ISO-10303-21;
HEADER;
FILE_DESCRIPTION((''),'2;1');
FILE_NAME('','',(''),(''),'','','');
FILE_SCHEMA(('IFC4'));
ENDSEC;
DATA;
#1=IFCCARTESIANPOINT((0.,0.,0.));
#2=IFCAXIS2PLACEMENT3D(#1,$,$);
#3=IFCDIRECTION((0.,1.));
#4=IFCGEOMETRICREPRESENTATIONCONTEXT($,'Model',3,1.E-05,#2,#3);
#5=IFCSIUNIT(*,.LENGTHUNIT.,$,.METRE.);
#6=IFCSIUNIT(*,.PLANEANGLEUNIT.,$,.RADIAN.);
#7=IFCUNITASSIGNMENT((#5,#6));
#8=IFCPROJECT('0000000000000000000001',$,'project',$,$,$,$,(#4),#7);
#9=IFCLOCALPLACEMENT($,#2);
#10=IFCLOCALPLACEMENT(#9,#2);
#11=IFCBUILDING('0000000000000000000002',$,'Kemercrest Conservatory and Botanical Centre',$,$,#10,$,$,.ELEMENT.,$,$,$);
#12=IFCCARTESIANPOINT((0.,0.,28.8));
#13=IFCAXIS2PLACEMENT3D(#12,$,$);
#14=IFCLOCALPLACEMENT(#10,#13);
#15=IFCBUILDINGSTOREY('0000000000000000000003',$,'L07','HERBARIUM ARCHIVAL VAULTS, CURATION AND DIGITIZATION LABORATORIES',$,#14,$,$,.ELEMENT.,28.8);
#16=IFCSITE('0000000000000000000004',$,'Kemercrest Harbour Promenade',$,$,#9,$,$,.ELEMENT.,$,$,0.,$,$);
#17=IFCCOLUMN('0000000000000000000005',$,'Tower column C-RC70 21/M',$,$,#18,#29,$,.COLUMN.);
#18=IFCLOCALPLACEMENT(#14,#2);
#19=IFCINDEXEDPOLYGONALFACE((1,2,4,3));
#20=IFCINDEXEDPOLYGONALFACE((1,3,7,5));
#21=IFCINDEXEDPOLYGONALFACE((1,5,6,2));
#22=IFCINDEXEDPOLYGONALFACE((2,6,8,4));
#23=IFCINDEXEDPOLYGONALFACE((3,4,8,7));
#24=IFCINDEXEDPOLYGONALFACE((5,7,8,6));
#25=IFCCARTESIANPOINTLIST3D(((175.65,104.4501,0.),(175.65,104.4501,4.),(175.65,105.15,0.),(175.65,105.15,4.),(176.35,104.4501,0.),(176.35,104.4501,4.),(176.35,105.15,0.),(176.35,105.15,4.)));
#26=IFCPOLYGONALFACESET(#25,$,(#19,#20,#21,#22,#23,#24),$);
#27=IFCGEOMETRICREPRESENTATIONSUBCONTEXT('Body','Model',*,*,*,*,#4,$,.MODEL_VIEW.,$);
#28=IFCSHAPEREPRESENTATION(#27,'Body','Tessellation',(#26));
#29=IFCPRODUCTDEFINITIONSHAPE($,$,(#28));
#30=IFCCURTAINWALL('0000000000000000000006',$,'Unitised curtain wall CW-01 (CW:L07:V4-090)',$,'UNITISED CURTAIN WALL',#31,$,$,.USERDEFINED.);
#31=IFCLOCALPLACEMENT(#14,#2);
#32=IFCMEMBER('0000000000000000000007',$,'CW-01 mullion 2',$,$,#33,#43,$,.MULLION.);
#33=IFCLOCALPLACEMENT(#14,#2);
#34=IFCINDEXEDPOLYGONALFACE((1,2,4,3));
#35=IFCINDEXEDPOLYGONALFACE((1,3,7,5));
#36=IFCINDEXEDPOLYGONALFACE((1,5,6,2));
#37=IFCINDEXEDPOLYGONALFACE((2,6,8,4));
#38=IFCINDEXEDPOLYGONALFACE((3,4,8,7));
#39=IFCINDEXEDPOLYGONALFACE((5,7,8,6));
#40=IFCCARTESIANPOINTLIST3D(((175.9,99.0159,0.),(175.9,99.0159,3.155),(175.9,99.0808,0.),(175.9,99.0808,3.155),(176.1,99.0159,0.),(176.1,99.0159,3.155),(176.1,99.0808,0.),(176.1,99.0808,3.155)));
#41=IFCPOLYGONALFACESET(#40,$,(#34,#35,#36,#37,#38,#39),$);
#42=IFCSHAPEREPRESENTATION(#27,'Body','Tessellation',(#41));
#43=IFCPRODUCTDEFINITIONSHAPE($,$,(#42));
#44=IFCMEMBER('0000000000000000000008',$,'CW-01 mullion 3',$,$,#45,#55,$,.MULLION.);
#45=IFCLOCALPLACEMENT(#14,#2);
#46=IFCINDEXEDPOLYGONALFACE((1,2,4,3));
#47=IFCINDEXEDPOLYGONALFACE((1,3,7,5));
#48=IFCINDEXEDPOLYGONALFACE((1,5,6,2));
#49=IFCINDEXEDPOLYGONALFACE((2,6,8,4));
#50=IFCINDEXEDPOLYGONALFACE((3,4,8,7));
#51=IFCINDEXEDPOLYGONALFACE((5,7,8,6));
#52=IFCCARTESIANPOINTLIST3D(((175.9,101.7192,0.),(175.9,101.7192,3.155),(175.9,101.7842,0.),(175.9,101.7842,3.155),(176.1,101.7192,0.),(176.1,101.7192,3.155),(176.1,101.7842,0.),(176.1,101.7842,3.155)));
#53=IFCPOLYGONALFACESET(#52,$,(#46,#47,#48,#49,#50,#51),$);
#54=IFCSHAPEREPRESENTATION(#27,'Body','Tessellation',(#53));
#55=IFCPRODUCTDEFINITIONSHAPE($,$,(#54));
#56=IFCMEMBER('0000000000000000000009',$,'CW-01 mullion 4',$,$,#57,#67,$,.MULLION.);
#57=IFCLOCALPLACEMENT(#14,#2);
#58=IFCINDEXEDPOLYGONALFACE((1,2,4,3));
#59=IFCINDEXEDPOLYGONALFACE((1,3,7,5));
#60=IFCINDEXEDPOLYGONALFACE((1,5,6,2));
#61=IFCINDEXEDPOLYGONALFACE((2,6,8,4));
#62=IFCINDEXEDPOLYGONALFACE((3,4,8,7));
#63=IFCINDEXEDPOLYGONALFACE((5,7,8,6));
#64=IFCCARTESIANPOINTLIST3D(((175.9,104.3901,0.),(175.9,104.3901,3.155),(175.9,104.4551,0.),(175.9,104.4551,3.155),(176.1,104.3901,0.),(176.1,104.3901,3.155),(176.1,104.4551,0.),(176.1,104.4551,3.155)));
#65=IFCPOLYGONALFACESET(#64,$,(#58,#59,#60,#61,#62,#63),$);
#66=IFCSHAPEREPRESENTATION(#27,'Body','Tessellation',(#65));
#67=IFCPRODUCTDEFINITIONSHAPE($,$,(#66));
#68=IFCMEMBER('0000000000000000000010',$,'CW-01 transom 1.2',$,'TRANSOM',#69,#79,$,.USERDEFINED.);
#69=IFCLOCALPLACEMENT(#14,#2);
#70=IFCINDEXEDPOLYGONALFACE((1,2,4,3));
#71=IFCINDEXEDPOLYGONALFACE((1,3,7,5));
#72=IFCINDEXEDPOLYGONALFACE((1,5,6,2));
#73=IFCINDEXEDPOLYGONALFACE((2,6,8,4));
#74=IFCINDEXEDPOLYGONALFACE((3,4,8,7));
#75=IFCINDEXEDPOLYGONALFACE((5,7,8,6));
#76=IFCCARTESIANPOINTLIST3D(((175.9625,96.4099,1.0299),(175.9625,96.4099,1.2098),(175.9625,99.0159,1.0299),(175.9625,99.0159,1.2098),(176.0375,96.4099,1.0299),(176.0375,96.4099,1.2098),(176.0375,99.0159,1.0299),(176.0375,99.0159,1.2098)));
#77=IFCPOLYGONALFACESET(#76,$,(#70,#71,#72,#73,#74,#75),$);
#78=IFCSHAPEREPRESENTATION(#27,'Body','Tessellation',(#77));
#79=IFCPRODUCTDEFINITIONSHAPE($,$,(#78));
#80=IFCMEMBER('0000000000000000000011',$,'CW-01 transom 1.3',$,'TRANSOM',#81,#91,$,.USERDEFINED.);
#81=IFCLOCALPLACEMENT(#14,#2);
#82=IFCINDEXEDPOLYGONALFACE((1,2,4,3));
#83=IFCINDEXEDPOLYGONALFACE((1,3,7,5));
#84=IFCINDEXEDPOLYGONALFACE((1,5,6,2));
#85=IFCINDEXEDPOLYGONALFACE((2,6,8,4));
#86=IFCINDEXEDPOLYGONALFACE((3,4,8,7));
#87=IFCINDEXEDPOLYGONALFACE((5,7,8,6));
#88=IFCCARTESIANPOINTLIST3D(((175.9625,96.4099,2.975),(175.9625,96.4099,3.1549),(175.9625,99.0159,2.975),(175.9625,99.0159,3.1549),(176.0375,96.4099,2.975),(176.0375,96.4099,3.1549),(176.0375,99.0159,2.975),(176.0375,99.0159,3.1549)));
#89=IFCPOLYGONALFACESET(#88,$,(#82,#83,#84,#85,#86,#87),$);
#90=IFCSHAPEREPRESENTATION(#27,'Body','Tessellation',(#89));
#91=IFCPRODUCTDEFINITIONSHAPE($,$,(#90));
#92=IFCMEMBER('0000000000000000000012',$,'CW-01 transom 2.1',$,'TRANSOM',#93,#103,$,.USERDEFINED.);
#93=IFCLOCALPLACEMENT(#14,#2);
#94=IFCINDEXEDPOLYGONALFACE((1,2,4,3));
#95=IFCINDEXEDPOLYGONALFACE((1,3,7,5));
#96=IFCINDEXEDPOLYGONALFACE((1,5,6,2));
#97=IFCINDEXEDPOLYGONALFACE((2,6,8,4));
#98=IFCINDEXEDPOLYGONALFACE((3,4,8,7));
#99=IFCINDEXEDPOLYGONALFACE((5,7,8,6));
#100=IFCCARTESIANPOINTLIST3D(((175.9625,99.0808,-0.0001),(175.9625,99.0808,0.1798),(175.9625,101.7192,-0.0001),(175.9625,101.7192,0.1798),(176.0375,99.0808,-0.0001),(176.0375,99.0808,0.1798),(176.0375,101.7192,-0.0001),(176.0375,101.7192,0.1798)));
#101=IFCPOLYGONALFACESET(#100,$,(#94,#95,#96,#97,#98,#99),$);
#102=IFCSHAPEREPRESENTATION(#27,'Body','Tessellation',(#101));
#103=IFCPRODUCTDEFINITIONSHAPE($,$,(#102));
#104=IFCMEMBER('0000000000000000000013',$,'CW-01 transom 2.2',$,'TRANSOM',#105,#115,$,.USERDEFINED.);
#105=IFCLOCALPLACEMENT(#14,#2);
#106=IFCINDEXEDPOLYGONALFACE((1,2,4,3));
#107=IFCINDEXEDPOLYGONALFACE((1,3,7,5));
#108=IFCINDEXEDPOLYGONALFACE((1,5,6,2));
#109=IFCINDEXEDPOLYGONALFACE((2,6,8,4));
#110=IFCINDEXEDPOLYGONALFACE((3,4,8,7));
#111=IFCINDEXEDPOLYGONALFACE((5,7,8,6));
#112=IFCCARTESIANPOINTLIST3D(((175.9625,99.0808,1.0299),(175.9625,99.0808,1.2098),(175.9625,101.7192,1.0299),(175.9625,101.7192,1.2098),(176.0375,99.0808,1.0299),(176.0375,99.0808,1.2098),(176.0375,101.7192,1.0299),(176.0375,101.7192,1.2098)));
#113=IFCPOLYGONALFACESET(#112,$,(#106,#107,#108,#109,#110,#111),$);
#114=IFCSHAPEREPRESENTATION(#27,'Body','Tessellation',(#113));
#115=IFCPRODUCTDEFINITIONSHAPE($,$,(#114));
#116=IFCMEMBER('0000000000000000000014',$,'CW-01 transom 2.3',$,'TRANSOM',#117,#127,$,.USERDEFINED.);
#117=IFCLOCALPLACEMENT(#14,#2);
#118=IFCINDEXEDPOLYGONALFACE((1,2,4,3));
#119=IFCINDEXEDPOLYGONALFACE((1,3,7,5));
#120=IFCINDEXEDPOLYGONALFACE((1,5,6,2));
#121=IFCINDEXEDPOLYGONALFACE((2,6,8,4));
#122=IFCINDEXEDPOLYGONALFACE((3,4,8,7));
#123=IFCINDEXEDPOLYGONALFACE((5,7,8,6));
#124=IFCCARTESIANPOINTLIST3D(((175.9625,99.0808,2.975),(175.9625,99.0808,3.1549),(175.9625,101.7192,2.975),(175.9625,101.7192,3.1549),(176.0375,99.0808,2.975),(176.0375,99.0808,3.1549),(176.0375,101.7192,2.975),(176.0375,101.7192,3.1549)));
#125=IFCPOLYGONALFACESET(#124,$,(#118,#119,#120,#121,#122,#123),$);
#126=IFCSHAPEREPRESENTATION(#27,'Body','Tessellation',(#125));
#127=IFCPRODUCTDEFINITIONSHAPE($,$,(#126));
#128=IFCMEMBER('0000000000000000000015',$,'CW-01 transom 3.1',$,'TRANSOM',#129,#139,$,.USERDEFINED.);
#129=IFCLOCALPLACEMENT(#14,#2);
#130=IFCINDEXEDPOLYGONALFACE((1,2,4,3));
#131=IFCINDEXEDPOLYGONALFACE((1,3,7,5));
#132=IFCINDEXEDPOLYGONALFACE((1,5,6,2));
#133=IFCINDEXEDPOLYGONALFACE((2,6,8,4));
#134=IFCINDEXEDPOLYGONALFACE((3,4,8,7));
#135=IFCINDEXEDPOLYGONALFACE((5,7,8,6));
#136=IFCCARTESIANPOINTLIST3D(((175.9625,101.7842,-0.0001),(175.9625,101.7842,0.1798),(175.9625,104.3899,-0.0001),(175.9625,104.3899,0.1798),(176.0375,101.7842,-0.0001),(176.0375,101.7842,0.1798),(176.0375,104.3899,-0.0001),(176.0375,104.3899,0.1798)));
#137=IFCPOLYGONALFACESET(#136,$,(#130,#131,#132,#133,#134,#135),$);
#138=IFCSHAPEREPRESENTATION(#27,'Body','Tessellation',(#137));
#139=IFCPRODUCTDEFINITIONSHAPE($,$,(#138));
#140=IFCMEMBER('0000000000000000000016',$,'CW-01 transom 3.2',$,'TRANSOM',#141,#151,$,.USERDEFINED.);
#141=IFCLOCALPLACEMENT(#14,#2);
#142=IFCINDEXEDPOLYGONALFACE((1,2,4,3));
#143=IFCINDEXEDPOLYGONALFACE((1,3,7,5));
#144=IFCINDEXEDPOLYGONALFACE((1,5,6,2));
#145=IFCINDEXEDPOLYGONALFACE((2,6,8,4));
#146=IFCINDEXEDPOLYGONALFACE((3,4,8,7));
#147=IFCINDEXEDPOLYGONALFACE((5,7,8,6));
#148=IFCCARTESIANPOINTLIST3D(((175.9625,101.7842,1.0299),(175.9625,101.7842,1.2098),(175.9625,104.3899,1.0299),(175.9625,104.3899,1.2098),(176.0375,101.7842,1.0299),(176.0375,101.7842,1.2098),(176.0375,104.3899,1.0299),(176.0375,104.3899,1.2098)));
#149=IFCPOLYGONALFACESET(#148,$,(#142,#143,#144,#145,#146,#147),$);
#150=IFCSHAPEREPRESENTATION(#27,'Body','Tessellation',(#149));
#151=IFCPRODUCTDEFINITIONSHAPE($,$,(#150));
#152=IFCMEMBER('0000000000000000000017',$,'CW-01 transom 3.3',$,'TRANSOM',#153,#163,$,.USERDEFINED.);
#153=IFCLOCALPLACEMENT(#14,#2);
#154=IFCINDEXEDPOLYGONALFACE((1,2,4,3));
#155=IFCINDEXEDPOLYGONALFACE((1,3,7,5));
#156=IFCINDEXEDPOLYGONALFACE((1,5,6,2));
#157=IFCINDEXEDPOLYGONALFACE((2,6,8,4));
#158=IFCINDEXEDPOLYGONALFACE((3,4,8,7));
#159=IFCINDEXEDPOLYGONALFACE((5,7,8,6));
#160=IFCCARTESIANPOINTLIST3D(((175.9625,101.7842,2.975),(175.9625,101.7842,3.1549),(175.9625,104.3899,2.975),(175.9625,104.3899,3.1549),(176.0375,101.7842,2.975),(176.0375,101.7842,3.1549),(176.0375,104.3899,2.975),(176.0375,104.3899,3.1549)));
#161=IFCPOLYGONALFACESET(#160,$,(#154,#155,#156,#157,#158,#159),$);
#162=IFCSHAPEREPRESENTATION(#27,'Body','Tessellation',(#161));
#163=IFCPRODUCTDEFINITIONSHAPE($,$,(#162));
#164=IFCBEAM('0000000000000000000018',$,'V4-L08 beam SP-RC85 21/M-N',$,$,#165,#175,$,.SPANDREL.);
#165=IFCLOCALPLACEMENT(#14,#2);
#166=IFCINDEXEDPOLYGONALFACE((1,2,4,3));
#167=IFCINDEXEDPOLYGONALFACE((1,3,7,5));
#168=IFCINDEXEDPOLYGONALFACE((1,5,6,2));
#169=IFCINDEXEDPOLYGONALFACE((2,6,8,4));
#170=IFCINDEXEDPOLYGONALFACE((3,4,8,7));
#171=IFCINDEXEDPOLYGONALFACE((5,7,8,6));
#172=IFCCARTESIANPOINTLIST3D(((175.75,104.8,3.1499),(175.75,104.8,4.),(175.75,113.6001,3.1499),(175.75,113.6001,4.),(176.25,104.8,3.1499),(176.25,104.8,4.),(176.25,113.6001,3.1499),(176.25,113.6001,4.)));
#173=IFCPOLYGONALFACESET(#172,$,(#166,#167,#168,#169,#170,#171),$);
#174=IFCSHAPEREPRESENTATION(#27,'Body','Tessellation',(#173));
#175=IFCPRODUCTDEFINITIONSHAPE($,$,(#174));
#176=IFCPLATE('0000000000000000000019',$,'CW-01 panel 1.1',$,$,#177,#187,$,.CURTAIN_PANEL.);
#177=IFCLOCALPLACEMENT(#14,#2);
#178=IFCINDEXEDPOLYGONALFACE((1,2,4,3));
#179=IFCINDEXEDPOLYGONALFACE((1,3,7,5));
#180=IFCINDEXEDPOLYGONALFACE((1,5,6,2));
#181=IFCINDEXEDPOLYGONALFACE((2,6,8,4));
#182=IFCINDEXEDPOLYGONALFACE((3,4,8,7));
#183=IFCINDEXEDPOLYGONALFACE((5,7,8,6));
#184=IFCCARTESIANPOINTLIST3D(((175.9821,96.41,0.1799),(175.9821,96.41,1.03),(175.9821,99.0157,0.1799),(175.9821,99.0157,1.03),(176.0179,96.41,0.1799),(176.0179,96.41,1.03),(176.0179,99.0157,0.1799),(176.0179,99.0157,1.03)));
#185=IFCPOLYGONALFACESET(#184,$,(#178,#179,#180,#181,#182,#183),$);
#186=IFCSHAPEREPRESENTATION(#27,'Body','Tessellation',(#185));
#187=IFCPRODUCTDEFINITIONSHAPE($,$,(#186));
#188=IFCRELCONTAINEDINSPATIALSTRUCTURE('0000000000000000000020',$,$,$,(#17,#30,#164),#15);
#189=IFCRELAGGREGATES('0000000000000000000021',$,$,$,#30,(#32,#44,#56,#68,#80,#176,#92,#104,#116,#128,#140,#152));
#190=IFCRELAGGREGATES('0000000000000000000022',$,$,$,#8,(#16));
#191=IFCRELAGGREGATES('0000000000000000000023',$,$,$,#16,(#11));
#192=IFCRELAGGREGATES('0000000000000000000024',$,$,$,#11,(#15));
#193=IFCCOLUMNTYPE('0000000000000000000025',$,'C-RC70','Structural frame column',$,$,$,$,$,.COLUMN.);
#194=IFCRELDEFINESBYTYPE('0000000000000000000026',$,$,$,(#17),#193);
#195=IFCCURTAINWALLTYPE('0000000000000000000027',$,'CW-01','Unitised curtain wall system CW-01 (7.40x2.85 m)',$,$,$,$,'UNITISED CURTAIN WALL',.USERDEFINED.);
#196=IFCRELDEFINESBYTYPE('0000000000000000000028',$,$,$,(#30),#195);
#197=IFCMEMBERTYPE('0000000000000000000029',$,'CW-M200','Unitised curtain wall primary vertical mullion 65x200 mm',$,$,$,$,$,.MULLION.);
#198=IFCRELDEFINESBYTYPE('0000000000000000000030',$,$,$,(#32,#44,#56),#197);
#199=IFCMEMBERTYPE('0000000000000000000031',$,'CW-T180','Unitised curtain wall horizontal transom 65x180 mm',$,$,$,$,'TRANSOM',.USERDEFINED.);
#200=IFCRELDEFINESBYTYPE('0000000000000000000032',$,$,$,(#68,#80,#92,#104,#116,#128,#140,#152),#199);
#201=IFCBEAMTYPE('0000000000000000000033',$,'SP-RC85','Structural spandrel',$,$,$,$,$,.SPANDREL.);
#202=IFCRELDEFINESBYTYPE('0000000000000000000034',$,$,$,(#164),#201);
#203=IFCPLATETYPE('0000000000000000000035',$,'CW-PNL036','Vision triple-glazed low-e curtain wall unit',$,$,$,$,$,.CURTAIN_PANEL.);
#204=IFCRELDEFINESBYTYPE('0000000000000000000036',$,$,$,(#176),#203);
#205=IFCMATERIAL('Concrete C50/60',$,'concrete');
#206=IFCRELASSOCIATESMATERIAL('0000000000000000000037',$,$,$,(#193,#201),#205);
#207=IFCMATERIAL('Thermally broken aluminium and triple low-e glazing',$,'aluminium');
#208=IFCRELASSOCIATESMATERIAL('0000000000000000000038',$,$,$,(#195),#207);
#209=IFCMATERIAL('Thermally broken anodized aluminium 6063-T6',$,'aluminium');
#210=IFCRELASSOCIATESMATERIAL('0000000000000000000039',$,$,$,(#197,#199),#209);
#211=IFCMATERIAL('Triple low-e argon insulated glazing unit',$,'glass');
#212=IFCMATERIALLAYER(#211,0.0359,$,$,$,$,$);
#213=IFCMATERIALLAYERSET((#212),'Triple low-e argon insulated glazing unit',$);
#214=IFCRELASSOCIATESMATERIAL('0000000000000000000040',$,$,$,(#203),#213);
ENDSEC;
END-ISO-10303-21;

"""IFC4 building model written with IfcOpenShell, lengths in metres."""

from ifc_helpers import new_model, si_unit, direction, frame, origin, origin_2d, place, context, subcontext, project, spatial, rectangle, extrude, material, layer, layer_set, material_profile, profile_set, type_object, element, aggregate, save


model = new_model("IFC4")

# Units and contexts
model_context = context("Model", 3, precision=1e-05, world=origin(), true_north=direction((0.0, 1.0)))
body_context = subcontext(model_context, "Body", "Model", "MODEL_VIEW")
ifc_project = project(units=[si_unit("LENGTHUNIT", "METRE"), si_unit("PLANEANGLEUNIT", "RADIAN")], contexts=[model_context])

# Site, building, storey
site_placement = place(None, origin())
site = spatial("IfcSite", under=ifc_project, at=site_placement, Name="Kemercrest Harbour Promenade", CompositionType="ELEMENT", RefElevation=0.0)
building_placement = place(site_placement, origin())
building = spatial("IfcBuilding", under=site, at=building_placement, Name="Kemercrest Conservatory and Botanical Centre", CompositionType="ELEMENT")
storey_placement = place(building_placement, frame((0.0, 0.0, 28.8)))
storey = spatial("IfcBuildingStorey", under=building, at=storey_placement, Name="L07", Description="HERBARIUM ARCHIVAL VAULTS, CURATION AND DIGITIZATION LABORATORIES", CompositionType="ELEMENT", Elevation=28.8)

# Column
ifc_material_1 = material(Name="Concrete C50/60", Category="concrete")
ifc_material_profile_1 = material_profile(ifc_material_1, rectangle(XDim=0.7, YDim=0.7, at=origin_2d()), Name="RC 700x700")
ifc_profile_set_1 = profile_set([ifc_material_profile_1], Name="Concrete C50/60")
column_type = type_object("IfcColumnType", Name="C-RC70", Description="Structural frame column", PredefinedType="COLUMN", material=ifc_profile_set_1)
column_placement = place(storey_placement, frame((176.0, 104.8, 0.0), z_axis=(0.0, 0.0, 1.0), x_axis=(1.0, 0.0, 0.0)))
element("IfcColumn", 1, at=column_placement, inside=storey, type_object=column_type, Name="Tower column C-RC70 21/M", PredefinedType="COLUMN", context=body_context, shape_type="SweptSolid", body=[
    extrude(rectangle(XDim=0.7, YDim=0.7, at=origin_2d()), origin(), (0.0, 0.0, 1.0), 4.0),
])

# Curtain wall, members
ifc_material_2 = material(Name="Thermally broken aluminium and triple low-e glazing", Category="aluminium")
curtain_wall_type = type_object("IfcCurtainWallType", Name="CW-01", Description="Unitised curtain wall system CW-01 (7.40x2.85 m)", ElementType="UNITISED CURTAIN WALL", PredefinedType="USERDEFINED", material=ifc_material_2)
curtain_wall_placement = place(storey_placement, origin())
curtain_wall = element("IfcCurtainWall", 2, at=curtain_wall_placement, inside=storey, type_object=curtain_wall_type, Name="Unitised curtain wall CW-01 (CW:L07:V4-090)", ObjectType="UNITISED CURTAIN WALL", PredefinedType="USERDEFINED")
ifc_material_3 = material(Name="Thermally broken anodized aluminium 6063-T6", Category="aluminium")
ifc_material_profile_2 = material_profile(ifc_material_3, rectangle(XDim=0.2, YDim=0.0649, at=origin_2d()), Name="AL MULLION 65x200")
ifc_profile_set_2 = profile_set([ifc_material_profile_2], Name="Thermally broken anodized aluminium 6063-T6")
member_type_1 = type_object("IfcMemberType", Name="CW-M200", Description="Unitised curtain wall primary vertical mullion 65x200 mm", PredefinedType="MULLION", material=ifc_profile_set_2)
member_1_placement = place(storey_placement, frame((176.0, 99.0483, 0.0), z_axis=(0.0, 0.0, 1.0), x_axis=(-1.0, 0.0, 0.0)))
member_1 = element("IfcMember", 3, at=member_1_placement, type_object=member_type_1, Name="CW-01 mullion 2", PredefinedType="MULLION", context=body_context, shape_type="SweptSolid", body=[
    extrude(rectangle(XDim=0.2, YDim=0.0649, at=origin_2d()), origin(), (0.0, 0.0, 1.0), 3.155),
])
member_2_placement = place(storey_placement, frame((176.0, 101.7517, 0.0), z_axis=(0.0, 0.0, 1.0), x_axis=(-1.0, 0.0, 0.0)))
member_2 = element("IfcMember", 4, at=member_2_placement, type_object=member_type_1, Name="CW-01 mullion 3", PredefinedType="MULLION", context=body_context, shape_type="SweptSolid", body=[
    extrude(rectangle(XDim=0.2, YDim=0.0649, at=origin_2d()), origin(), (0.0, 0.0, 1.0), 3.155),
])
member_3_placement = place(storey_placement, frame((176.0, 104.4226, 0.0), z_axis=(0.0, 0.0, 1.0), x_axis=(-1.0, 0.0, 0.0)))
member_3 = element("IfcMember", 5, at=member_3_placement, type_object=member_type_1, Name="CW-01 mullion 4", PredefinedType="MULLION", context=body_context, shape_type="SweptSolid", body=[
    extrude(rectangle(XDim=0.2, YDim=0.0649, at=origin_2d()), origin(), (0.0, 0.0, 1.0), 3.155),
])
ifc_material_profile_3 = material_profile(ifc_material_3, rectangle(XDim=0.075, YDim=0.1799, at=origin_2d()), Name="AL TRANSOM 75x180")
ifc_profile_set_3 = profile_set([ifc_material_profile_3], Name="Thermally broken anodized aluminium 6063-T6")
member_type_2 = type_object("IfcMemberType", Name="CW-T180", Description="Unitised curtain wall horizontal transom 65x180 mm", ElementType="TRANSOM", PredefinedType="USERDEFINED", material=ifc_profile_set_3)
member_4_placement = place(storey_placement, frame((176.0, 96.4099, 1.1199), z_axis=(0.0, 1.0, 0.0), x_axis=(-1.0, 0.0, 0.0)))
member_4 = element("IfcMember", 6, at=member_4_placement, type_object=member_type_2, Name="CW-01 transom 1.2", ObjectType="TRANSOM", PredefinedType="USERDEFINED", context=body_context, shape_type="SweptSolid", body=[
    extrude(rectangle(XDim=0.075, YDim=0.1799, at=origin_2d()), origin(), (0.0, 0.0, 1.0), 2.606),
])
member_5_placement = place(storey_placement, frame((176.0, 96.4099, 3.0649), z_axis=(0.0, 1.0, 0.0), x_axis=(-1.0, 0.0, 0.0)))
member_5 = element("IfcMember", 7, at=member_5_placement, type_object=member_type_2, Name="CW-01 transom 1.3", ObjectType="TRANSOM", PredefinedType="USERDEFINED", context=body_context, shape_type="SweptSolid", body=[
    extrude(rectangle(XDim=0.075, YDim=0.1799, at=origin_2d()), origin(), (0.0, 0.0, 1.0), 2.606),
])
member_6_placement = place(storey_placement, frame((176.0, 99.0808, 0.0898), z_axis=(0.0, 1.0, 0.0), x_axis=(-1.0, 0.0, 0.0)))
member_6 = element("IfcMember", 8, at=member_6_placement, type_object=member_type_2, Name="CW-01 transom 2.1", ObjectType="TRANSOM", PredefinedType="USERDEFINED", context=body_context, shape_type="SweptSolid", body=[
    extrude(rectangle(XDim=0.075, YDim=0.1799, at=origin_2d()), origin(), (0.0, 0.0, 1.0), 2.6384),
])
member_7_placement = place(storey_placement, frame((176.0, 99.0808, 1.1199), z_axis=(0.0, 1.0, 0.0), x_axis=(-1.0, 0.0, 0.0)))
member_7 = element("IfcMember", 9, at=member_7_placement, type_object=member_type_2, Name="CW-01 transom 2.2", ObjectType="TRANSOM", PredefinedType="USERDEFINED", context=body_context, shape_type="SweptSolid", body=[
    extrude(rectangle(XDim=0.075, YDim=0.1799, at=origin_2d()), origin(), (0.0, 0.0, 1.0), 2.6384),
])
member_8_placement = place(storey_placement, frame((176.0, 99.0808, 3.0649), z_axis=(0.0, 1.0, 0.0), x_axis=(-1.0, 0.0, 0.0)))
member_8 = element("IfcMember", 10, at=member_8_placement, type_object=member_type_2, Name="CW-01 transom 2.3", ObjectType="TRANSOM", PredefinedType="USERDEFINED", context=body_context, shape_type="SweptSolid", body=[
    extrude(rectangle(XDim=0.075, YDim=0.1799, at=origin_2d()), origin(), (0.0, 0.0, 1.0), 2.6384),
])
member_9_placement = place(storey_placement, frame((176.0, 101.7842, 0.0898), z_axis=(0.0, 1.0, 0.0), x_axis=(-1.0, 0.0, 0.0)))
member_9 = element("IfcMember", 11, at=member_9_placement, type_object=member_type_2, Name="CW-01 transom 3.1", ObjectType="TRANSOM", PredefinedType="USERDEFINED", context=body_context, shape_type="SweptSolid", body=[
    extrude(rectangle(XDim=0.075, YDim=0.1799, at=origin_2d()), origin(), (0.0, 0.0, 1.0), 2.6057),
])
member_10_placement = place(storey_placement, frame((176.0, 101.7842, 1.1199), z_axis=(0.0, 1.0, 0.0), x_axis=(-1.0, 0.0, 0.0)))
member_10 = element("IfcMember", 12, at=member_10_placement, type_object=member_type_2, Name="CW-01 transom 3.2", ObjectType="TRANSOM", PredefinedType="USERDEFINED", context=body_context, shape_type="SweptSolid", body=[
    extrude(rectangle(XDim=0.075, YDim=0.1799, at=origin_2d()), origin(), (0.0, 0.0, 1.0), 2.6057),
])
member_11_placement = place(storey_placement, frame((176.0, 101.7842, 3.0649), z_axis=(0.0, 1.0, 0.0), x_axis=(-1.0, 0.0, 0.0)))
member_11 = element("IfcMember", 13, at=member_11_placement, type_object=member_type_2, Name="CW-01 transom 3.3", ObjectType="TRANSOM", PredefinedType="USERDEFINED", context=body_context, shape_type="SweptSolid", body=[
    extrude(rectangle(XDim=0.075, YDim=0.1799, at=origin_2d()), origin(), (0.0, 0.0, 1.0), 2.6057),
])

# Beam
ifc_material_profile_4 = material_profile(ifc_material_1, rectangle(XDim=0.5, YDim=0.8501, at=origin_2d()), Name="RC 500x850")
ifc_profile_set_4 = profile_set([ifc_material_profile_4], Name="Concrete C50/60")
beam_type = type_object("IfcBeamType", Name="SP-RC85", Description="Structural spandrel", PredefinedType="SPANDREL", material=ifc_profile_set_4)
beam_placement = place(storey_placement, frame((176.0, 104.8, 3.575), z_axis=(0.0, 1.0, 0.0), x_axis=(-1.0, 0.0, 0.0)))
element("IfcBeam", 14, at=beam_placement, inside=storey, type_object=beam_type, Name="V4-L08 beam SP-RC85 21/M-N", PredefinedType="SPANDREL", context=body_context, shape_type="SweptSolid", body=[
    extrude(rectangle(XDim=0.5, YDim=0.8501, at=origin_2d()), origin(), (0.0, 0.0, 1.0), 8.8),
])

# Plate
ifc_material_4 = material(Name="Triple low-e argon insulated glazing unit", Category="glass")
ifc_layer_1 = layer(ifc_material_4, 0.0359)
ifc_layer_set_1 = layer_set([ifc_layer_1], Name="Triple low-e argon insulated glazing unit")
plate_type = type_object("IfcPlateType", Name="CW-PNL036", Description="Vision triple-glazed low-e curtain wall unit", PredefinedType="CURTAIN_PANEL", material=ifc_layer_set_1)
plate_1_placement = place(storey_placement, frame((176.0, 97.7129, 0.1799), z_axis=(0.0, 0.0, 1.0), x_axis=(0.0, 1.0, 0.0)))
plate_1 = element("IfcPlate", 15, at=plate_1_placement, type_object=plate_type, Name="CW-01 panel 1.1", PredefinedType="CURTAIN_PANEL", context=body_context, shape_type="SweptSolid", body=[
    extrude(rectangle(XDim=2.6057, YDim=0.0359, at=origin_2d()), origin(), (0.0, 0.0, 1.0), 0.8501),
])
aggregate(curtain_wall, [member_1, member_2, member_3, member_4, member_5, plate_1, member_6, member_7, member_8, member_9, member_10, member_11])

save(model, "model.ifc")
